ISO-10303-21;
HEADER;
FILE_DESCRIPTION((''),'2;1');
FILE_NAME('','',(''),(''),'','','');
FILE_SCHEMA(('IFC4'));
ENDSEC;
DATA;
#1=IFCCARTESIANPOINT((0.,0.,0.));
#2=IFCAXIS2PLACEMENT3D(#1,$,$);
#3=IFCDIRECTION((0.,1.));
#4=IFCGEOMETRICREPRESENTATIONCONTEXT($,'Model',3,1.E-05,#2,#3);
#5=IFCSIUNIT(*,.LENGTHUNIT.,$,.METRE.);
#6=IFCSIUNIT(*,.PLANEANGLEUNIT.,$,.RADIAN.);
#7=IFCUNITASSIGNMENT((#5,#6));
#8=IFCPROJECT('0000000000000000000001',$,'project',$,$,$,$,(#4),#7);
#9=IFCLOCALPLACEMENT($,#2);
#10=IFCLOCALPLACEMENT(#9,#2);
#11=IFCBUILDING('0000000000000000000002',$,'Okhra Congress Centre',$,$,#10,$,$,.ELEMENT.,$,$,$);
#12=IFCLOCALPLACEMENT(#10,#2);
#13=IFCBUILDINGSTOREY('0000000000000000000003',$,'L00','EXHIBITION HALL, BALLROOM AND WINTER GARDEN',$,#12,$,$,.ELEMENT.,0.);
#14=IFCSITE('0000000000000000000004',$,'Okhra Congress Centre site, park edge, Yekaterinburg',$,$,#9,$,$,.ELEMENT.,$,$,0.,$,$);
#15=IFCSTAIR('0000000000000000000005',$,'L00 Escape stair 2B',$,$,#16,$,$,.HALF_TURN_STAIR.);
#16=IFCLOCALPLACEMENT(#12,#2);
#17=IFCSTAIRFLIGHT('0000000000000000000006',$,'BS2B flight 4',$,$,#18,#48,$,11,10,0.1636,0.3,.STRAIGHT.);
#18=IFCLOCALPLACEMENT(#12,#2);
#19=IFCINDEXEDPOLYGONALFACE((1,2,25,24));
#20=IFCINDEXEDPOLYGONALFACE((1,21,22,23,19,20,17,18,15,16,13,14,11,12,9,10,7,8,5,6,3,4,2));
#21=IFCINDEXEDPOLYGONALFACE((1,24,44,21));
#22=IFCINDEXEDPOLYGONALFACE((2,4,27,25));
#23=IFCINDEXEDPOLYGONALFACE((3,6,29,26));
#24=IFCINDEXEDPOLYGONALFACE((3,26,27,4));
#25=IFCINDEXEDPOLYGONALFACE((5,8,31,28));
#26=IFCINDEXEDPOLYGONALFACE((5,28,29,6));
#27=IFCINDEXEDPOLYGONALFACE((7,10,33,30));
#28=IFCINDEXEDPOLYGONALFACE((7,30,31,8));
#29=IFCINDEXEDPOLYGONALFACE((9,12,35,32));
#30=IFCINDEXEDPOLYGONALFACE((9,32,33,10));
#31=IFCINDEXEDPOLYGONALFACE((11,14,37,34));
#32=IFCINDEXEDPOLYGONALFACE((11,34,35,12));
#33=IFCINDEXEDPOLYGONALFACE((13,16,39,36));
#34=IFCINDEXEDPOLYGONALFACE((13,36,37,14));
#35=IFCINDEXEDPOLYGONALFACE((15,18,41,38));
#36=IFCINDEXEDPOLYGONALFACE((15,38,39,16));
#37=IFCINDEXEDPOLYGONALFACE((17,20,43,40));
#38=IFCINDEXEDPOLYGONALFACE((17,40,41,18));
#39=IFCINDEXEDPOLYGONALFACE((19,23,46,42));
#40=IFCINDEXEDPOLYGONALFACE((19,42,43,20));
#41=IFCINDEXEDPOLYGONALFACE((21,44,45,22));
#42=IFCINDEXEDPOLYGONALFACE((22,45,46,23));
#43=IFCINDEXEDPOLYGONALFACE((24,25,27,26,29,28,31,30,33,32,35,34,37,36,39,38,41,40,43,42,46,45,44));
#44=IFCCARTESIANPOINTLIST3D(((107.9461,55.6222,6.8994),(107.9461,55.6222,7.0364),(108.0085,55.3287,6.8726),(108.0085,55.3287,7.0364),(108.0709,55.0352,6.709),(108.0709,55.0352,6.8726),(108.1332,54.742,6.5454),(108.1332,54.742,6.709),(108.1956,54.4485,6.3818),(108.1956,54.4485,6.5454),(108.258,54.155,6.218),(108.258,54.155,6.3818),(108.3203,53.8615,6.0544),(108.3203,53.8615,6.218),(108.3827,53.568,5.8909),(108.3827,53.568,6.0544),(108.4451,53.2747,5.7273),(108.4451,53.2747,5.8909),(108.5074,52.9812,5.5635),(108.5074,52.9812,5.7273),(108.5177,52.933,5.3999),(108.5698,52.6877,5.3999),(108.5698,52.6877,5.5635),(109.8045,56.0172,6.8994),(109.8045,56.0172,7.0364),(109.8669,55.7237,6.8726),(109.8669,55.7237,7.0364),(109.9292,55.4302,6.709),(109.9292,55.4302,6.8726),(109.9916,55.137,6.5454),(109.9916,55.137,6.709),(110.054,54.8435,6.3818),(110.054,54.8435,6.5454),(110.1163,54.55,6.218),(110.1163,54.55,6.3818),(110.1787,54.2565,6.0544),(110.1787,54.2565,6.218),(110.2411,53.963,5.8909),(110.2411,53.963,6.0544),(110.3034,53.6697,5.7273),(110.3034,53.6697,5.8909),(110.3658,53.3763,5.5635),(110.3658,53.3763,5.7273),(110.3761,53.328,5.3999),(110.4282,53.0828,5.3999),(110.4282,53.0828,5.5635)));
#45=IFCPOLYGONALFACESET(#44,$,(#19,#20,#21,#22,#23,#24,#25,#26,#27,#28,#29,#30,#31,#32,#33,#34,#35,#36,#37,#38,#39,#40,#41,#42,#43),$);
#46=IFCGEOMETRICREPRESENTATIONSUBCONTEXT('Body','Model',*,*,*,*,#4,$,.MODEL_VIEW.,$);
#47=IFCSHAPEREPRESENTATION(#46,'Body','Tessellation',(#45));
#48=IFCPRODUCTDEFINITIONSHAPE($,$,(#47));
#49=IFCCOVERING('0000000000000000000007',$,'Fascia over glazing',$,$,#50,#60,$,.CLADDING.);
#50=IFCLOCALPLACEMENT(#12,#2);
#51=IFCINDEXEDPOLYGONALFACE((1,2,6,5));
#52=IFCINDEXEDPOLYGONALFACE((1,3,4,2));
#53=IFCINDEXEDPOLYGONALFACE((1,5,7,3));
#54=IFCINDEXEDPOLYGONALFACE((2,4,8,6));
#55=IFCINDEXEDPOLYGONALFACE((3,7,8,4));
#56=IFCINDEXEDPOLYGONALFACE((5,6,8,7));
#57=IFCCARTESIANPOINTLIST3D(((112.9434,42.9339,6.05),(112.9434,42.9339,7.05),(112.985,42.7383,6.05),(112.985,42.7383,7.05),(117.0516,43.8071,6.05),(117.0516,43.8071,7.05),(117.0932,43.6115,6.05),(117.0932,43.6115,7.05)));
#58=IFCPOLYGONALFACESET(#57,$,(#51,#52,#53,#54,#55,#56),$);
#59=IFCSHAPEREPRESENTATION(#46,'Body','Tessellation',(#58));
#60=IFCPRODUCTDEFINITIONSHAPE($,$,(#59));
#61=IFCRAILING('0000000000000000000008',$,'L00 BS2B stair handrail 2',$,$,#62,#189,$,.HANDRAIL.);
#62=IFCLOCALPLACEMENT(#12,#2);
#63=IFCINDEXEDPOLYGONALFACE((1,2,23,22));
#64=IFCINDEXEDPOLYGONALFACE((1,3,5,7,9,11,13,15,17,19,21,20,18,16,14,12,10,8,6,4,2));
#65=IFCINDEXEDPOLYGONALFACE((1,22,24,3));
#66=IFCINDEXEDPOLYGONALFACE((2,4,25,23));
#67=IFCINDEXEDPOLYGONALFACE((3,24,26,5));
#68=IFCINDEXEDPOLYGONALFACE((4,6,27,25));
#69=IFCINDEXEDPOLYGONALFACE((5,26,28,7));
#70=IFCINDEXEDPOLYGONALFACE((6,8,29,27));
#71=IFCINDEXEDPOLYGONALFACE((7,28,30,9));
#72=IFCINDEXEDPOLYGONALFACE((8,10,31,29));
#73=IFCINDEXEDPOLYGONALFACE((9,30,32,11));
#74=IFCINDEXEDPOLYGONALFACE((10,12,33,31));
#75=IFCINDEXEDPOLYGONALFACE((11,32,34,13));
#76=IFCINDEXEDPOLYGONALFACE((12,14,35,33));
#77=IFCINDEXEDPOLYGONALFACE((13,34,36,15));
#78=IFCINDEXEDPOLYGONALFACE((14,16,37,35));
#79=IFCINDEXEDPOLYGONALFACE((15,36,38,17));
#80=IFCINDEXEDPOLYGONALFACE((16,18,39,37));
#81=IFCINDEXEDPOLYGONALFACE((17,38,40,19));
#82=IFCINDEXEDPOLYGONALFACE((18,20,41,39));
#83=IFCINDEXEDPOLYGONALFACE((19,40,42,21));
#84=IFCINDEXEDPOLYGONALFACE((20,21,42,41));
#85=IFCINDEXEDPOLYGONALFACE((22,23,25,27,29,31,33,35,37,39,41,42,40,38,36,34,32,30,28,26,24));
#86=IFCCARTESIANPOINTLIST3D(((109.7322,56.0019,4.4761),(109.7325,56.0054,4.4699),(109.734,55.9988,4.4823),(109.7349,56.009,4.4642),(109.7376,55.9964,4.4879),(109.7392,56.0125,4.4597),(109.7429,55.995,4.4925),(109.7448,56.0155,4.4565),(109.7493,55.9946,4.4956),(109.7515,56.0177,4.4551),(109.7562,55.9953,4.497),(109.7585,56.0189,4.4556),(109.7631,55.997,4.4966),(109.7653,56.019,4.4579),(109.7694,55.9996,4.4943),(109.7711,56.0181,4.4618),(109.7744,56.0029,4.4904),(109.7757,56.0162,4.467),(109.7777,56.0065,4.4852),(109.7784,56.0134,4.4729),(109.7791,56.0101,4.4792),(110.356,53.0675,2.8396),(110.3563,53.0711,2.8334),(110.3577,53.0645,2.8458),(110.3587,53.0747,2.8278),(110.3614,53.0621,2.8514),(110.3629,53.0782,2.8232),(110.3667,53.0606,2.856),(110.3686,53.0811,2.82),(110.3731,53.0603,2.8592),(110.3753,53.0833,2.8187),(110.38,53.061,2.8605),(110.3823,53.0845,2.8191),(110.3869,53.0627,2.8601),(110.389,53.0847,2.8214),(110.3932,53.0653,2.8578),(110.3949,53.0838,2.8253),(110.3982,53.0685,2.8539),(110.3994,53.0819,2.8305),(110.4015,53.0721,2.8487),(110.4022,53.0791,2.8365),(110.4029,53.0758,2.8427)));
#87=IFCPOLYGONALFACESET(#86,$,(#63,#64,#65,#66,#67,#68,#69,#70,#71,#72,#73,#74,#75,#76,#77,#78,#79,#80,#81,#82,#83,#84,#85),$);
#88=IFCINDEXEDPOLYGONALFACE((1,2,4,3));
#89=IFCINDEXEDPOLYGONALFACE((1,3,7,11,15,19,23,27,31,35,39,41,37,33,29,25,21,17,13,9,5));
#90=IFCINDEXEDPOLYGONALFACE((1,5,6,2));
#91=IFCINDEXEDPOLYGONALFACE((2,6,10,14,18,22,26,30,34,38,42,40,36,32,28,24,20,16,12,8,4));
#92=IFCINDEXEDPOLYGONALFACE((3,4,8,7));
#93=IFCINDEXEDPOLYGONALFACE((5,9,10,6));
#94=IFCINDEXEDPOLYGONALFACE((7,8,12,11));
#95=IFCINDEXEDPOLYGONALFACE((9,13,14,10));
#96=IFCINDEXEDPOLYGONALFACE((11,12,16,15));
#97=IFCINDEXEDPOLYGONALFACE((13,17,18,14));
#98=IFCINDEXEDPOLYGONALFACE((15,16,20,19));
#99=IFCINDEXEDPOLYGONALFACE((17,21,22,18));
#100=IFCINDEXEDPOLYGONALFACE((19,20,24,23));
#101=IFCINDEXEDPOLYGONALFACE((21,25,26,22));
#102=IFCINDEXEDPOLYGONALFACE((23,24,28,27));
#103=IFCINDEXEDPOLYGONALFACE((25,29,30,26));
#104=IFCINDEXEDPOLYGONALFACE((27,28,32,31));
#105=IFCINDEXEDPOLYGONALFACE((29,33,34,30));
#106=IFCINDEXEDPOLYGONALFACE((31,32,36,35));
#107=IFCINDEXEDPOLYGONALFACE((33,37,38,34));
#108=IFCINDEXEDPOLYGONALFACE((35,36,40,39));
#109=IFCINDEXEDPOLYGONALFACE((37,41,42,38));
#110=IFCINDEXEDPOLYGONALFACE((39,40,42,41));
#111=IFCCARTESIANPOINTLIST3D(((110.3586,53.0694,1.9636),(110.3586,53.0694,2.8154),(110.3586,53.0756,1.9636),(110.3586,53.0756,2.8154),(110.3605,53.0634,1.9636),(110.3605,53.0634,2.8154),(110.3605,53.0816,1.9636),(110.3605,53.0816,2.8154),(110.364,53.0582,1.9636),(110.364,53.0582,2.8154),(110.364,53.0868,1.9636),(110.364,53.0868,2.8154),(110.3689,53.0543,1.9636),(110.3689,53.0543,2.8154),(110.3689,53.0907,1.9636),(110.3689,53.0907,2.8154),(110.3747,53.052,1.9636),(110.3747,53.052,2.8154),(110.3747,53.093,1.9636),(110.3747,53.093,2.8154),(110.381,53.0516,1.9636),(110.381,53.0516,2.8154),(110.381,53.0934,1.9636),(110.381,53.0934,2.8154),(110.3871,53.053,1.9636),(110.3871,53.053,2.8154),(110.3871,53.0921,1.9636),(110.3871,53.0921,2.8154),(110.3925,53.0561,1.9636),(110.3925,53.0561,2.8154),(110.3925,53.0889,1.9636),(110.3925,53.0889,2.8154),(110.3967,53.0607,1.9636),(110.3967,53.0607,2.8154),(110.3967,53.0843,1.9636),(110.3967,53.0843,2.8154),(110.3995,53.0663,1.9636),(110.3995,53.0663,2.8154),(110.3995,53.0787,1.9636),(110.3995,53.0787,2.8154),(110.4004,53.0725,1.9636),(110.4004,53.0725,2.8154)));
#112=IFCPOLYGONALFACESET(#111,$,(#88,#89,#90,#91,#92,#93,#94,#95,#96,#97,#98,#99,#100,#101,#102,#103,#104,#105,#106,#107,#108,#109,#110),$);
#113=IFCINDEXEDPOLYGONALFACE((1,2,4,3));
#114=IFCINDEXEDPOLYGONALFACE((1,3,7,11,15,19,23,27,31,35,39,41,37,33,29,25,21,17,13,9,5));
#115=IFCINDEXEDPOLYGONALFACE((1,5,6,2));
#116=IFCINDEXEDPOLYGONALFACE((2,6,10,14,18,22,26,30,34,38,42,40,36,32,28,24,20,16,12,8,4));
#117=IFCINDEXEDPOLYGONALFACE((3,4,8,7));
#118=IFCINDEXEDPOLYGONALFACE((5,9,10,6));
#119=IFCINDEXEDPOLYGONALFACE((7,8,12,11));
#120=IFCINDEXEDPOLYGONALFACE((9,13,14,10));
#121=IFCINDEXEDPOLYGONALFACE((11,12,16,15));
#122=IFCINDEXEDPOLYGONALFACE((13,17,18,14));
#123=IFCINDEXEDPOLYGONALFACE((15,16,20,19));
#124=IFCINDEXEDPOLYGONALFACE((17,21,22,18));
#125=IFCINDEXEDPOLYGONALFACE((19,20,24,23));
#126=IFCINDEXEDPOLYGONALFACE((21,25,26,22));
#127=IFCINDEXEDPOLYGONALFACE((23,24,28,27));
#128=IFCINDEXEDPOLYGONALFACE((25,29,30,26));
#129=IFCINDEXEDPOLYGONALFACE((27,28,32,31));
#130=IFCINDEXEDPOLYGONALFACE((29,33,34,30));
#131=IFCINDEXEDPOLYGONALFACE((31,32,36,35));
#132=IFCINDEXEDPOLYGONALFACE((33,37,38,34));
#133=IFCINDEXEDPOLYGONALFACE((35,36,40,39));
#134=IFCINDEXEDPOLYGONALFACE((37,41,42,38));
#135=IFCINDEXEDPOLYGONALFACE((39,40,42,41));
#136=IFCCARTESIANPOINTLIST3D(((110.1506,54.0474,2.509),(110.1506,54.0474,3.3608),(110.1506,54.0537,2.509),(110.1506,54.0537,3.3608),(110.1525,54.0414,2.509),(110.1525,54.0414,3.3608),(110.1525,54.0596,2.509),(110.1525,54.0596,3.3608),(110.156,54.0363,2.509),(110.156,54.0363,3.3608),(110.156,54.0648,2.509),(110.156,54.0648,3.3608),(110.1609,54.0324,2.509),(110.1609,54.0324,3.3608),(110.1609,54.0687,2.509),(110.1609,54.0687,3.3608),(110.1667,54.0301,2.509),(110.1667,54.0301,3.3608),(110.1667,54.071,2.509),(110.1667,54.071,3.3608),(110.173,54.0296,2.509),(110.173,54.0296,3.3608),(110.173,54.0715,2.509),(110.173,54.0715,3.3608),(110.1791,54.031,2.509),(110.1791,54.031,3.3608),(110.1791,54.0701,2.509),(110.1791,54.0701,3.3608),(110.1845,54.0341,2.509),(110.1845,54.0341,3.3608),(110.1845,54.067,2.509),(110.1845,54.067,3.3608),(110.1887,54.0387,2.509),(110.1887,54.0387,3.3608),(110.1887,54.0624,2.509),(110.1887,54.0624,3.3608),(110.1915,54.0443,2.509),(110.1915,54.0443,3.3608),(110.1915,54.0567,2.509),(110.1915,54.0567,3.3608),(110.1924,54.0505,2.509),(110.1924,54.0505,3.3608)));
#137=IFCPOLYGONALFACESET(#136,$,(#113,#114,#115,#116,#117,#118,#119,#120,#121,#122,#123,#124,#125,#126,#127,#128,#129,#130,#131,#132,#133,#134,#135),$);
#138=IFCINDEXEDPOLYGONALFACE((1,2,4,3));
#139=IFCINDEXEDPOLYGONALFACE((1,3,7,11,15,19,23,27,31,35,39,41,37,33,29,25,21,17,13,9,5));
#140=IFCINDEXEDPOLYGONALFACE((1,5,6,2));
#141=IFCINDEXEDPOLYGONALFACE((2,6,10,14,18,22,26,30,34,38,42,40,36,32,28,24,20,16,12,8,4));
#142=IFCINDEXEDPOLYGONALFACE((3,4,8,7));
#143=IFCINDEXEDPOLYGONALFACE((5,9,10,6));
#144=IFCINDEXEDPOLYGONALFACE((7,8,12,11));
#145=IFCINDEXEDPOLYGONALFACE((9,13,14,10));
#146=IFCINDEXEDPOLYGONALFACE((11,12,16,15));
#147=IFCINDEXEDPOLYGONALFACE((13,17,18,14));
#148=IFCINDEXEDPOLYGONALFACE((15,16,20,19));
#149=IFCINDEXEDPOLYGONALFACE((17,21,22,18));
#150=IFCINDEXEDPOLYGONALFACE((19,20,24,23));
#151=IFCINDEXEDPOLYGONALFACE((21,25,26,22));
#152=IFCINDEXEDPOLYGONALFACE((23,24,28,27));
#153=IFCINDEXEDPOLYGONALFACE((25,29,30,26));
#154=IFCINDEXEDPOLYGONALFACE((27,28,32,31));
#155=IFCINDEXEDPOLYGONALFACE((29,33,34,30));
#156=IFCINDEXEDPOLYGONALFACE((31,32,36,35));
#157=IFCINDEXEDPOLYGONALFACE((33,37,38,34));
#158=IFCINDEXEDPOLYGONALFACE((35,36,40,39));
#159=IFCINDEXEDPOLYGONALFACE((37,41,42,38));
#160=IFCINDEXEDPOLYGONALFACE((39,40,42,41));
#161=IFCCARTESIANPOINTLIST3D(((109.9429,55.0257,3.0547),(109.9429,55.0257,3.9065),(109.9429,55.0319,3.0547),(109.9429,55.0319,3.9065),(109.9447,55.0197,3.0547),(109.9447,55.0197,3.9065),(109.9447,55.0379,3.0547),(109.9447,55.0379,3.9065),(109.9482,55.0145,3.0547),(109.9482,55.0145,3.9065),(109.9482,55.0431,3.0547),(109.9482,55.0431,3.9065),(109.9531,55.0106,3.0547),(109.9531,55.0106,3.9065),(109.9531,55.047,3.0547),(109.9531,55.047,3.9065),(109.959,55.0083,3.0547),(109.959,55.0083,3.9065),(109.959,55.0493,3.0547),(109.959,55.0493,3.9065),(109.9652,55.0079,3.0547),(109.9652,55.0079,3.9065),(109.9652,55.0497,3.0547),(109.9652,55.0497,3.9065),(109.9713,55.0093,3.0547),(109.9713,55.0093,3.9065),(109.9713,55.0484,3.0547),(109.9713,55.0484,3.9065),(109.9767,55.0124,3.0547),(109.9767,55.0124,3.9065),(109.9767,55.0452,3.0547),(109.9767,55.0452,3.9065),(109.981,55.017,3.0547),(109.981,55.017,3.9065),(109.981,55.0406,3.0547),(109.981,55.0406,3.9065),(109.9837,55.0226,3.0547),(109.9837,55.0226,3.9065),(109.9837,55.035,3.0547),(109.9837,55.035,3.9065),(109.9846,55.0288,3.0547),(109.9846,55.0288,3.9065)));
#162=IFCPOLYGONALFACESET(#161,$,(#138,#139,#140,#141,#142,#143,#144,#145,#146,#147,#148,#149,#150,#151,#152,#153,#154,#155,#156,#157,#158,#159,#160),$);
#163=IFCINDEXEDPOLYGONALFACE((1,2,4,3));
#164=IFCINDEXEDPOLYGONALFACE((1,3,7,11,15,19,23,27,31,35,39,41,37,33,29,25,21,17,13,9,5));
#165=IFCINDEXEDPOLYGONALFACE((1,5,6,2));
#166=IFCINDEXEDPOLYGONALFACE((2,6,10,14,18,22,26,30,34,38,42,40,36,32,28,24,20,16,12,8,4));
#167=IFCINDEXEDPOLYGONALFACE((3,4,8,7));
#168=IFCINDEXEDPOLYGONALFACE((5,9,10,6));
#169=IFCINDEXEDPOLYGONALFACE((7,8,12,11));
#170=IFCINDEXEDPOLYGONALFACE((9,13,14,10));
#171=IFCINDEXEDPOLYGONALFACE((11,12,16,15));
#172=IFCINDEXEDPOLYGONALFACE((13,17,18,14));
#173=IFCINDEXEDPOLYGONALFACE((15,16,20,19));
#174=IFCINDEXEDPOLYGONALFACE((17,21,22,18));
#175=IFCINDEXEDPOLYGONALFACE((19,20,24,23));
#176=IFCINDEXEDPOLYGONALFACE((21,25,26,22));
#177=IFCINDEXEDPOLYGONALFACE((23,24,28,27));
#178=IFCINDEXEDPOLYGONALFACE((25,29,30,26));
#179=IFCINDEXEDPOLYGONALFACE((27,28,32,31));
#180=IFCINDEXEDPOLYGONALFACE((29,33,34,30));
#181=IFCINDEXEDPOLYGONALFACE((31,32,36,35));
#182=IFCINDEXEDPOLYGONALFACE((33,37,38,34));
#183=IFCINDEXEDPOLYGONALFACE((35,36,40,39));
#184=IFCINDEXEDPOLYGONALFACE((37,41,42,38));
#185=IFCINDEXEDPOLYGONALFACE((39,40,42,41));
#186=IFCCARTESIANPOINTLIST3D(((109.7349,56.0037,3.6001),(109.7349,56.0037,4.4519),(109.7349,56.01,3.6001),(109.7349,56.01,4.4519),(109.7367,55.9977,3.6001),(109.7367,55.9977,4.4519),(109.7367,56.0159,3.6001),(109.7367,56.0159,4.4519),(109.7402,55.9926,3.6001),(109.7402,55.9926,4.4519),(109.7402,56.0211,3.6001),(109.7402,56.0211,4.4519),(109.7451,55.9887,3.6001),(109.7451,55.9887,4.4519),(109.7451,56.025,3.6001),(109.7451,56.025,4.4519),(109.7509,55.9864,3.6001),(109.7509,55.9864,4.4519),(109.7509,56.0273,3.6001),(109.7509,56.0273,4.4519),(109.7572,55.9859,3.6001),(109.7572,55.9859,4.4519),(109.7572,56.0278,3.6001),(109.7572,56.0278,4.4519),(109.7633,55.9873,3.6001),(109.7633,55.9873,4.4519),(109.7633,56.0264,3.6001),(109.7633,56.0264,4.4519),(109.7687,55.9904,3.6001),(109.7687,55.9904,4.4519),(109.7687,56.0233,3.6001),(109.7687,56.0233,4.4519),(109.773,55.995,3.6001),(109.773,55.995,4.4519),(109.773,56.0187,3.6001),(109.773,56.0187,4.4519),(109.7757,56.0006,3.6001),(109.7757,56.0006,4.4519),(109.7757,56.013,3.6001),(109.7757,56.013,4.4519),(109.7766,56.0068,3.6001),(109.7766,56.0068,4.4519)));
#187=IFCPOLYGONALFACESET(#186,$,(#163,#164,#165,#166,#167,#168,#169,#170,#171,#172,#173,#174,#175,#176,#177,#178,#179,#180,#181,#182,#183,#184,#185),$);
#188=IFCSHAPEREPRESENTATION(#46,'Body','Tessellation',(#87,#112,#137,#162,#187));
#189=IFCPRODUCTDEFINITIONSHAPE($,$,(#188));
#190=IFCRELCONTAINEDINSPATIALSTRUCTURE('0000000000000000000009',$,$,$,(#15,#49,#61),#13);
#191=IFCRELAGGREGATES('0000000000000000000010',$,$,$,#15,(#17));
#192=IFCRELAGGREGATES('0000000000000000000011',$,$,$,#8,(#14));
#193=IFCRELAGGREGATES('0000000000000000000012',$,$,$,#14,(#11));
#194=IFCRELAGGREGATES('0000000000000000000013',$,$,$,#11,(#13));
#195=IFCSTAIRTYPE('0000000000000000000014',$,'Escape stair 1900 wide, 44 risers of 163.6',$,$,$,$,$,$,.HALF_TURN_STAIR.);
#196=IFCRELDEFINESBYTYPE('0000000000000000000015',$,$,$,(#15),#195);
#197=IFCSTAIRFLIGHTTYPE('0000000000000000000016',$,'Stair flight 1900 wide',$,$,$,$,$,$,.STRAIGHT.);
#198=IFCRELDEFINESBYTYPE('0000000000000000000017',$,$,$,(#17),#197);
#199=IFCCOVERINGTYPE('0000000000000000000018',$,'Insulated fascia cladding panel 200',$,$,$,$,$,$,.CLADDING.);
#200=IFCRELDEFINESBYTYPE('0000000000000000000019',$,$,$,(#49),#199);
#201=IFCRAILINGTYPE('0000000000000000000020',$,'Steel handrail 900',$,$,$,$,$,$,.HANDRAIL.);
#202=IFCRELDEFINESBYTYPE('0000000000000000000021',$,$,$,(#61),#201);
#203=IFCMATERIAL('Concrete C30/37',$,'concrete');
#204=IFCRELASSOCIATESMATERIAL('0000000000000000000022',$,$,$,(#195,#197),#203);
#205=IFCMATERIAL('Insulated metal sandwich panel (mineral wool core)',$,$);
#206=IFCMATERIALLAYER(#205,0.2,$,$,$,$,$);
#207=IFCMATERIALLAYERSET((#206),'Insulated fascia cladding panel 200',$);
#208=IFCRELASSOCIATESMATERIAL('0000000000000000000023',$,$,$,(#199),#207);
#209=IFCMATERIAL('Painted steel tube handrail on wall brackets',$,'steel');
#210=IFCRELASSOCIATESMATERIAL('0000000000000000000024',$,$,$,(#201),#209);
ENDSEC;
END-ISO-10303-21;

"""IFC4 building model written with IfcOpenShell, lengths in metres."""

from ifc_helpers import new_model, si_unit, direction, frame, origin, origin_2d, place, context, subcontext, project, spatial, polyline, rectangle, circle, outline, extrude, material, layer, layer_set, type_object, element, aggregate, save


model = new_model("IFC4")

# Units and contexts
model_context = context("Model", 3, precision=1e-05, world=origin(), true_north=direction((0.0, 1.0)))
body_context = subcontext(model_context, "Body", "Model", "MODEL_VIEW")
ifc_project = project(units=[si_unit("LENGTHUNIT", "METRE"), si_unit("PLANEANGLEUNIT", "RADIAN")], contexts=[model_context])

# Site, building, storey
site_placement = place(None, origin())
site = spatial("IfcSite", under=ifc_project, at=site_placement, Name="Okhra Congress Centre site, park edge, Yekaterinburg", CompositionType="ELEMENT", RefElevation=0.0)
building_placement = place(site_placement, origin())
building = spatial("IfcBuilding", under=site, at=building_placement, Name="Okhra Congress Centre", CompositionType="ELEMENT")
storey_placement = place(building_placement, origin())
storey = spatial("IfcBuildingStorey", under=building, at=storey_placement, Name="L00", Description="EXHIBITION HALL, BALLROOM AND WINTER GARDEN", CompositionType="ELEMENT", Elevation=0.0)

# Shared definitions
ifc_material_1 = material(Name="Concrete C30/37", Category="concrete")

# Stair, stair flight
stair_type = type_object("IfcStairType", Name="Escape stair 1900 wide, 44 risers of 163.6", PredefinedType="HALF_TURN_STAIR", material=ifc_material_1)
stair_placement = place(storey_placement, origin())
stair = element("IfcStair", 1, at=stair_placement, inside=storey, type_object=stair_type, Name="L00 Escape stair 2B", PredefinedType="HALF_TURN_STAIR")
stair_flight_type = type_object("IfcStairFlightType", Name="Stair flight 1900 wide", PredefinedType="STRAIGHT", material=ifc_material_1)
stair_flight_1_placement = place(storey_placement, frame((109.499, 52.8853, 5.3999), z_axis=(0.0, 0.0, 1.0), x_axis=(-0.207912, 0.978148, 0.0)))
stair_flight_1 = element("IfcStairFlight", 2, at=stair_flight_1_placement, type_object=stair_flight_type, Name="BS2B flight 4", NumberOfRisers=11, NumberOfTreads=10, PredefinedType="STRAIGHT", RiserHeight=0.1636, TreadLength=0.3, context=body_context, shape_type="SweptSolid", body=[
    extrude(outline(polyline([(0.0, 0.0), (0.0, 0.1636), (0.3, 0.1636), (0.3, 0.3274), (0.6001, 0.3274), (0.6001, 0.491), (0.8999, 0.491), (0.8999, 0.6545), (1.2, 0.6545), (1.2, 0.8181), (1.5, 0.8181), (1.5, 0.9819), (1.8, 0.9819), (1.8, 1.1455), (2.1001, 1.1455), (2.1001, 1.3091), (2.3999, 1.3091), (2.3999, 1.4727), (2.7, 1.4727), (2.7, 1.6365), (3.0, 1.6365), (3.0, 1.8), (3.0, 1.4995), (0.2507, 0.0), (0.0, 0.0)])), frame((0.0, 0.95, 0.0), z_axis=(0.0, -1.0, 0.0), x_axis=(1.0, 0.0, 0.0)), (0.0, 0.0, 1.0), 1.8999),
])
aggregate(stair, [stair_flight_1])

# Covering
ifc_material_2 = material(Name="Insulated metal sandwich panel (mineral wool core)")
ifc_layer_1 = layer(ifc_material_2, 0.2)
ifc_layer_set_1 = layer_set([ifc_layer_1], Name="Insulated fascia cladding panel 200")
covering_type = type_object("IfcCoveringType", Name="Insulated fascia cladding panel 200", PredefinedType="CLADDING", material=ifc_layer_set_1)
covering_placement = place(storey_placement, frame((115.0183, 43.2727, 6.05), z_axis=(0.0, 0.0, 1.0), x_axis=(0.978148, 0.207912, 0.0)))
element("IfcCovering", 3, at=covering_placement, inside=storey, type_object=covering_type, Name="Fascia over glazing", PredefinedType="CLADDING", context=body_context, shape_type="SweptSolid", body=[
    extrude(rectangle(XDim=4.2, YDim=0.2, at=origin_2d()), origin(), (0.0, 0.0, 1.0), 1.0),
])

# Railing
ifc_material_3 = material(Name="Painted steel tube handrail on wall brackets", Category="steel")
railing_type_1 = type_object("IfcRailingType", Name="Steel handrail 900", PredefinedType="HANDRAIL", material=ifc_material_3)
railing_1_placement = place(storey_placement, frame((110.3794, 53.0725, 1.9636)))
element("IfcRailing", 4, at=railing_1_placement, inside=storey, type_object=railing_type_1, Name="L00 BS2B stair handrail 2", PredefinedType="HANDRAIL", context=body_context, shape_type="SweptSolid", body=[
    extrude(circle(Radius=0.0239, at=origin_2d()), frame((0.0, 0.0, 0.876), z_axis=(-0.18254, 0.858687, 0.47889), x_axis=(-0.978143, -0.207934, 0.0)), (0.0, 0.0, 1.0), 3.4172),
    extrude(circle(Radius=0.021, at=origin_2d()), origin(), (0.0, 0.0, 1.0), 0.8518),
    extrude(circle(Radius=0.021, at=origin_2d()), frame((-0.208, 0.978, 0.5454)), (0.0, 0.0, 1.0), 0.8518),
    extrude(circle(Radius=0.021, at=origin_2d()), frame((-0.4158, 1.9563, 1.0911)), (0.0, 0.0, 1.0), 0.8518),
    extrude(circle(Radius=0.021, at=origin_2d()), frame((-0.6238, 2.9343, 1.6365)), (0.0, 0.0, 1.0), 0.8518),
])

save(model, "model.ifc")
